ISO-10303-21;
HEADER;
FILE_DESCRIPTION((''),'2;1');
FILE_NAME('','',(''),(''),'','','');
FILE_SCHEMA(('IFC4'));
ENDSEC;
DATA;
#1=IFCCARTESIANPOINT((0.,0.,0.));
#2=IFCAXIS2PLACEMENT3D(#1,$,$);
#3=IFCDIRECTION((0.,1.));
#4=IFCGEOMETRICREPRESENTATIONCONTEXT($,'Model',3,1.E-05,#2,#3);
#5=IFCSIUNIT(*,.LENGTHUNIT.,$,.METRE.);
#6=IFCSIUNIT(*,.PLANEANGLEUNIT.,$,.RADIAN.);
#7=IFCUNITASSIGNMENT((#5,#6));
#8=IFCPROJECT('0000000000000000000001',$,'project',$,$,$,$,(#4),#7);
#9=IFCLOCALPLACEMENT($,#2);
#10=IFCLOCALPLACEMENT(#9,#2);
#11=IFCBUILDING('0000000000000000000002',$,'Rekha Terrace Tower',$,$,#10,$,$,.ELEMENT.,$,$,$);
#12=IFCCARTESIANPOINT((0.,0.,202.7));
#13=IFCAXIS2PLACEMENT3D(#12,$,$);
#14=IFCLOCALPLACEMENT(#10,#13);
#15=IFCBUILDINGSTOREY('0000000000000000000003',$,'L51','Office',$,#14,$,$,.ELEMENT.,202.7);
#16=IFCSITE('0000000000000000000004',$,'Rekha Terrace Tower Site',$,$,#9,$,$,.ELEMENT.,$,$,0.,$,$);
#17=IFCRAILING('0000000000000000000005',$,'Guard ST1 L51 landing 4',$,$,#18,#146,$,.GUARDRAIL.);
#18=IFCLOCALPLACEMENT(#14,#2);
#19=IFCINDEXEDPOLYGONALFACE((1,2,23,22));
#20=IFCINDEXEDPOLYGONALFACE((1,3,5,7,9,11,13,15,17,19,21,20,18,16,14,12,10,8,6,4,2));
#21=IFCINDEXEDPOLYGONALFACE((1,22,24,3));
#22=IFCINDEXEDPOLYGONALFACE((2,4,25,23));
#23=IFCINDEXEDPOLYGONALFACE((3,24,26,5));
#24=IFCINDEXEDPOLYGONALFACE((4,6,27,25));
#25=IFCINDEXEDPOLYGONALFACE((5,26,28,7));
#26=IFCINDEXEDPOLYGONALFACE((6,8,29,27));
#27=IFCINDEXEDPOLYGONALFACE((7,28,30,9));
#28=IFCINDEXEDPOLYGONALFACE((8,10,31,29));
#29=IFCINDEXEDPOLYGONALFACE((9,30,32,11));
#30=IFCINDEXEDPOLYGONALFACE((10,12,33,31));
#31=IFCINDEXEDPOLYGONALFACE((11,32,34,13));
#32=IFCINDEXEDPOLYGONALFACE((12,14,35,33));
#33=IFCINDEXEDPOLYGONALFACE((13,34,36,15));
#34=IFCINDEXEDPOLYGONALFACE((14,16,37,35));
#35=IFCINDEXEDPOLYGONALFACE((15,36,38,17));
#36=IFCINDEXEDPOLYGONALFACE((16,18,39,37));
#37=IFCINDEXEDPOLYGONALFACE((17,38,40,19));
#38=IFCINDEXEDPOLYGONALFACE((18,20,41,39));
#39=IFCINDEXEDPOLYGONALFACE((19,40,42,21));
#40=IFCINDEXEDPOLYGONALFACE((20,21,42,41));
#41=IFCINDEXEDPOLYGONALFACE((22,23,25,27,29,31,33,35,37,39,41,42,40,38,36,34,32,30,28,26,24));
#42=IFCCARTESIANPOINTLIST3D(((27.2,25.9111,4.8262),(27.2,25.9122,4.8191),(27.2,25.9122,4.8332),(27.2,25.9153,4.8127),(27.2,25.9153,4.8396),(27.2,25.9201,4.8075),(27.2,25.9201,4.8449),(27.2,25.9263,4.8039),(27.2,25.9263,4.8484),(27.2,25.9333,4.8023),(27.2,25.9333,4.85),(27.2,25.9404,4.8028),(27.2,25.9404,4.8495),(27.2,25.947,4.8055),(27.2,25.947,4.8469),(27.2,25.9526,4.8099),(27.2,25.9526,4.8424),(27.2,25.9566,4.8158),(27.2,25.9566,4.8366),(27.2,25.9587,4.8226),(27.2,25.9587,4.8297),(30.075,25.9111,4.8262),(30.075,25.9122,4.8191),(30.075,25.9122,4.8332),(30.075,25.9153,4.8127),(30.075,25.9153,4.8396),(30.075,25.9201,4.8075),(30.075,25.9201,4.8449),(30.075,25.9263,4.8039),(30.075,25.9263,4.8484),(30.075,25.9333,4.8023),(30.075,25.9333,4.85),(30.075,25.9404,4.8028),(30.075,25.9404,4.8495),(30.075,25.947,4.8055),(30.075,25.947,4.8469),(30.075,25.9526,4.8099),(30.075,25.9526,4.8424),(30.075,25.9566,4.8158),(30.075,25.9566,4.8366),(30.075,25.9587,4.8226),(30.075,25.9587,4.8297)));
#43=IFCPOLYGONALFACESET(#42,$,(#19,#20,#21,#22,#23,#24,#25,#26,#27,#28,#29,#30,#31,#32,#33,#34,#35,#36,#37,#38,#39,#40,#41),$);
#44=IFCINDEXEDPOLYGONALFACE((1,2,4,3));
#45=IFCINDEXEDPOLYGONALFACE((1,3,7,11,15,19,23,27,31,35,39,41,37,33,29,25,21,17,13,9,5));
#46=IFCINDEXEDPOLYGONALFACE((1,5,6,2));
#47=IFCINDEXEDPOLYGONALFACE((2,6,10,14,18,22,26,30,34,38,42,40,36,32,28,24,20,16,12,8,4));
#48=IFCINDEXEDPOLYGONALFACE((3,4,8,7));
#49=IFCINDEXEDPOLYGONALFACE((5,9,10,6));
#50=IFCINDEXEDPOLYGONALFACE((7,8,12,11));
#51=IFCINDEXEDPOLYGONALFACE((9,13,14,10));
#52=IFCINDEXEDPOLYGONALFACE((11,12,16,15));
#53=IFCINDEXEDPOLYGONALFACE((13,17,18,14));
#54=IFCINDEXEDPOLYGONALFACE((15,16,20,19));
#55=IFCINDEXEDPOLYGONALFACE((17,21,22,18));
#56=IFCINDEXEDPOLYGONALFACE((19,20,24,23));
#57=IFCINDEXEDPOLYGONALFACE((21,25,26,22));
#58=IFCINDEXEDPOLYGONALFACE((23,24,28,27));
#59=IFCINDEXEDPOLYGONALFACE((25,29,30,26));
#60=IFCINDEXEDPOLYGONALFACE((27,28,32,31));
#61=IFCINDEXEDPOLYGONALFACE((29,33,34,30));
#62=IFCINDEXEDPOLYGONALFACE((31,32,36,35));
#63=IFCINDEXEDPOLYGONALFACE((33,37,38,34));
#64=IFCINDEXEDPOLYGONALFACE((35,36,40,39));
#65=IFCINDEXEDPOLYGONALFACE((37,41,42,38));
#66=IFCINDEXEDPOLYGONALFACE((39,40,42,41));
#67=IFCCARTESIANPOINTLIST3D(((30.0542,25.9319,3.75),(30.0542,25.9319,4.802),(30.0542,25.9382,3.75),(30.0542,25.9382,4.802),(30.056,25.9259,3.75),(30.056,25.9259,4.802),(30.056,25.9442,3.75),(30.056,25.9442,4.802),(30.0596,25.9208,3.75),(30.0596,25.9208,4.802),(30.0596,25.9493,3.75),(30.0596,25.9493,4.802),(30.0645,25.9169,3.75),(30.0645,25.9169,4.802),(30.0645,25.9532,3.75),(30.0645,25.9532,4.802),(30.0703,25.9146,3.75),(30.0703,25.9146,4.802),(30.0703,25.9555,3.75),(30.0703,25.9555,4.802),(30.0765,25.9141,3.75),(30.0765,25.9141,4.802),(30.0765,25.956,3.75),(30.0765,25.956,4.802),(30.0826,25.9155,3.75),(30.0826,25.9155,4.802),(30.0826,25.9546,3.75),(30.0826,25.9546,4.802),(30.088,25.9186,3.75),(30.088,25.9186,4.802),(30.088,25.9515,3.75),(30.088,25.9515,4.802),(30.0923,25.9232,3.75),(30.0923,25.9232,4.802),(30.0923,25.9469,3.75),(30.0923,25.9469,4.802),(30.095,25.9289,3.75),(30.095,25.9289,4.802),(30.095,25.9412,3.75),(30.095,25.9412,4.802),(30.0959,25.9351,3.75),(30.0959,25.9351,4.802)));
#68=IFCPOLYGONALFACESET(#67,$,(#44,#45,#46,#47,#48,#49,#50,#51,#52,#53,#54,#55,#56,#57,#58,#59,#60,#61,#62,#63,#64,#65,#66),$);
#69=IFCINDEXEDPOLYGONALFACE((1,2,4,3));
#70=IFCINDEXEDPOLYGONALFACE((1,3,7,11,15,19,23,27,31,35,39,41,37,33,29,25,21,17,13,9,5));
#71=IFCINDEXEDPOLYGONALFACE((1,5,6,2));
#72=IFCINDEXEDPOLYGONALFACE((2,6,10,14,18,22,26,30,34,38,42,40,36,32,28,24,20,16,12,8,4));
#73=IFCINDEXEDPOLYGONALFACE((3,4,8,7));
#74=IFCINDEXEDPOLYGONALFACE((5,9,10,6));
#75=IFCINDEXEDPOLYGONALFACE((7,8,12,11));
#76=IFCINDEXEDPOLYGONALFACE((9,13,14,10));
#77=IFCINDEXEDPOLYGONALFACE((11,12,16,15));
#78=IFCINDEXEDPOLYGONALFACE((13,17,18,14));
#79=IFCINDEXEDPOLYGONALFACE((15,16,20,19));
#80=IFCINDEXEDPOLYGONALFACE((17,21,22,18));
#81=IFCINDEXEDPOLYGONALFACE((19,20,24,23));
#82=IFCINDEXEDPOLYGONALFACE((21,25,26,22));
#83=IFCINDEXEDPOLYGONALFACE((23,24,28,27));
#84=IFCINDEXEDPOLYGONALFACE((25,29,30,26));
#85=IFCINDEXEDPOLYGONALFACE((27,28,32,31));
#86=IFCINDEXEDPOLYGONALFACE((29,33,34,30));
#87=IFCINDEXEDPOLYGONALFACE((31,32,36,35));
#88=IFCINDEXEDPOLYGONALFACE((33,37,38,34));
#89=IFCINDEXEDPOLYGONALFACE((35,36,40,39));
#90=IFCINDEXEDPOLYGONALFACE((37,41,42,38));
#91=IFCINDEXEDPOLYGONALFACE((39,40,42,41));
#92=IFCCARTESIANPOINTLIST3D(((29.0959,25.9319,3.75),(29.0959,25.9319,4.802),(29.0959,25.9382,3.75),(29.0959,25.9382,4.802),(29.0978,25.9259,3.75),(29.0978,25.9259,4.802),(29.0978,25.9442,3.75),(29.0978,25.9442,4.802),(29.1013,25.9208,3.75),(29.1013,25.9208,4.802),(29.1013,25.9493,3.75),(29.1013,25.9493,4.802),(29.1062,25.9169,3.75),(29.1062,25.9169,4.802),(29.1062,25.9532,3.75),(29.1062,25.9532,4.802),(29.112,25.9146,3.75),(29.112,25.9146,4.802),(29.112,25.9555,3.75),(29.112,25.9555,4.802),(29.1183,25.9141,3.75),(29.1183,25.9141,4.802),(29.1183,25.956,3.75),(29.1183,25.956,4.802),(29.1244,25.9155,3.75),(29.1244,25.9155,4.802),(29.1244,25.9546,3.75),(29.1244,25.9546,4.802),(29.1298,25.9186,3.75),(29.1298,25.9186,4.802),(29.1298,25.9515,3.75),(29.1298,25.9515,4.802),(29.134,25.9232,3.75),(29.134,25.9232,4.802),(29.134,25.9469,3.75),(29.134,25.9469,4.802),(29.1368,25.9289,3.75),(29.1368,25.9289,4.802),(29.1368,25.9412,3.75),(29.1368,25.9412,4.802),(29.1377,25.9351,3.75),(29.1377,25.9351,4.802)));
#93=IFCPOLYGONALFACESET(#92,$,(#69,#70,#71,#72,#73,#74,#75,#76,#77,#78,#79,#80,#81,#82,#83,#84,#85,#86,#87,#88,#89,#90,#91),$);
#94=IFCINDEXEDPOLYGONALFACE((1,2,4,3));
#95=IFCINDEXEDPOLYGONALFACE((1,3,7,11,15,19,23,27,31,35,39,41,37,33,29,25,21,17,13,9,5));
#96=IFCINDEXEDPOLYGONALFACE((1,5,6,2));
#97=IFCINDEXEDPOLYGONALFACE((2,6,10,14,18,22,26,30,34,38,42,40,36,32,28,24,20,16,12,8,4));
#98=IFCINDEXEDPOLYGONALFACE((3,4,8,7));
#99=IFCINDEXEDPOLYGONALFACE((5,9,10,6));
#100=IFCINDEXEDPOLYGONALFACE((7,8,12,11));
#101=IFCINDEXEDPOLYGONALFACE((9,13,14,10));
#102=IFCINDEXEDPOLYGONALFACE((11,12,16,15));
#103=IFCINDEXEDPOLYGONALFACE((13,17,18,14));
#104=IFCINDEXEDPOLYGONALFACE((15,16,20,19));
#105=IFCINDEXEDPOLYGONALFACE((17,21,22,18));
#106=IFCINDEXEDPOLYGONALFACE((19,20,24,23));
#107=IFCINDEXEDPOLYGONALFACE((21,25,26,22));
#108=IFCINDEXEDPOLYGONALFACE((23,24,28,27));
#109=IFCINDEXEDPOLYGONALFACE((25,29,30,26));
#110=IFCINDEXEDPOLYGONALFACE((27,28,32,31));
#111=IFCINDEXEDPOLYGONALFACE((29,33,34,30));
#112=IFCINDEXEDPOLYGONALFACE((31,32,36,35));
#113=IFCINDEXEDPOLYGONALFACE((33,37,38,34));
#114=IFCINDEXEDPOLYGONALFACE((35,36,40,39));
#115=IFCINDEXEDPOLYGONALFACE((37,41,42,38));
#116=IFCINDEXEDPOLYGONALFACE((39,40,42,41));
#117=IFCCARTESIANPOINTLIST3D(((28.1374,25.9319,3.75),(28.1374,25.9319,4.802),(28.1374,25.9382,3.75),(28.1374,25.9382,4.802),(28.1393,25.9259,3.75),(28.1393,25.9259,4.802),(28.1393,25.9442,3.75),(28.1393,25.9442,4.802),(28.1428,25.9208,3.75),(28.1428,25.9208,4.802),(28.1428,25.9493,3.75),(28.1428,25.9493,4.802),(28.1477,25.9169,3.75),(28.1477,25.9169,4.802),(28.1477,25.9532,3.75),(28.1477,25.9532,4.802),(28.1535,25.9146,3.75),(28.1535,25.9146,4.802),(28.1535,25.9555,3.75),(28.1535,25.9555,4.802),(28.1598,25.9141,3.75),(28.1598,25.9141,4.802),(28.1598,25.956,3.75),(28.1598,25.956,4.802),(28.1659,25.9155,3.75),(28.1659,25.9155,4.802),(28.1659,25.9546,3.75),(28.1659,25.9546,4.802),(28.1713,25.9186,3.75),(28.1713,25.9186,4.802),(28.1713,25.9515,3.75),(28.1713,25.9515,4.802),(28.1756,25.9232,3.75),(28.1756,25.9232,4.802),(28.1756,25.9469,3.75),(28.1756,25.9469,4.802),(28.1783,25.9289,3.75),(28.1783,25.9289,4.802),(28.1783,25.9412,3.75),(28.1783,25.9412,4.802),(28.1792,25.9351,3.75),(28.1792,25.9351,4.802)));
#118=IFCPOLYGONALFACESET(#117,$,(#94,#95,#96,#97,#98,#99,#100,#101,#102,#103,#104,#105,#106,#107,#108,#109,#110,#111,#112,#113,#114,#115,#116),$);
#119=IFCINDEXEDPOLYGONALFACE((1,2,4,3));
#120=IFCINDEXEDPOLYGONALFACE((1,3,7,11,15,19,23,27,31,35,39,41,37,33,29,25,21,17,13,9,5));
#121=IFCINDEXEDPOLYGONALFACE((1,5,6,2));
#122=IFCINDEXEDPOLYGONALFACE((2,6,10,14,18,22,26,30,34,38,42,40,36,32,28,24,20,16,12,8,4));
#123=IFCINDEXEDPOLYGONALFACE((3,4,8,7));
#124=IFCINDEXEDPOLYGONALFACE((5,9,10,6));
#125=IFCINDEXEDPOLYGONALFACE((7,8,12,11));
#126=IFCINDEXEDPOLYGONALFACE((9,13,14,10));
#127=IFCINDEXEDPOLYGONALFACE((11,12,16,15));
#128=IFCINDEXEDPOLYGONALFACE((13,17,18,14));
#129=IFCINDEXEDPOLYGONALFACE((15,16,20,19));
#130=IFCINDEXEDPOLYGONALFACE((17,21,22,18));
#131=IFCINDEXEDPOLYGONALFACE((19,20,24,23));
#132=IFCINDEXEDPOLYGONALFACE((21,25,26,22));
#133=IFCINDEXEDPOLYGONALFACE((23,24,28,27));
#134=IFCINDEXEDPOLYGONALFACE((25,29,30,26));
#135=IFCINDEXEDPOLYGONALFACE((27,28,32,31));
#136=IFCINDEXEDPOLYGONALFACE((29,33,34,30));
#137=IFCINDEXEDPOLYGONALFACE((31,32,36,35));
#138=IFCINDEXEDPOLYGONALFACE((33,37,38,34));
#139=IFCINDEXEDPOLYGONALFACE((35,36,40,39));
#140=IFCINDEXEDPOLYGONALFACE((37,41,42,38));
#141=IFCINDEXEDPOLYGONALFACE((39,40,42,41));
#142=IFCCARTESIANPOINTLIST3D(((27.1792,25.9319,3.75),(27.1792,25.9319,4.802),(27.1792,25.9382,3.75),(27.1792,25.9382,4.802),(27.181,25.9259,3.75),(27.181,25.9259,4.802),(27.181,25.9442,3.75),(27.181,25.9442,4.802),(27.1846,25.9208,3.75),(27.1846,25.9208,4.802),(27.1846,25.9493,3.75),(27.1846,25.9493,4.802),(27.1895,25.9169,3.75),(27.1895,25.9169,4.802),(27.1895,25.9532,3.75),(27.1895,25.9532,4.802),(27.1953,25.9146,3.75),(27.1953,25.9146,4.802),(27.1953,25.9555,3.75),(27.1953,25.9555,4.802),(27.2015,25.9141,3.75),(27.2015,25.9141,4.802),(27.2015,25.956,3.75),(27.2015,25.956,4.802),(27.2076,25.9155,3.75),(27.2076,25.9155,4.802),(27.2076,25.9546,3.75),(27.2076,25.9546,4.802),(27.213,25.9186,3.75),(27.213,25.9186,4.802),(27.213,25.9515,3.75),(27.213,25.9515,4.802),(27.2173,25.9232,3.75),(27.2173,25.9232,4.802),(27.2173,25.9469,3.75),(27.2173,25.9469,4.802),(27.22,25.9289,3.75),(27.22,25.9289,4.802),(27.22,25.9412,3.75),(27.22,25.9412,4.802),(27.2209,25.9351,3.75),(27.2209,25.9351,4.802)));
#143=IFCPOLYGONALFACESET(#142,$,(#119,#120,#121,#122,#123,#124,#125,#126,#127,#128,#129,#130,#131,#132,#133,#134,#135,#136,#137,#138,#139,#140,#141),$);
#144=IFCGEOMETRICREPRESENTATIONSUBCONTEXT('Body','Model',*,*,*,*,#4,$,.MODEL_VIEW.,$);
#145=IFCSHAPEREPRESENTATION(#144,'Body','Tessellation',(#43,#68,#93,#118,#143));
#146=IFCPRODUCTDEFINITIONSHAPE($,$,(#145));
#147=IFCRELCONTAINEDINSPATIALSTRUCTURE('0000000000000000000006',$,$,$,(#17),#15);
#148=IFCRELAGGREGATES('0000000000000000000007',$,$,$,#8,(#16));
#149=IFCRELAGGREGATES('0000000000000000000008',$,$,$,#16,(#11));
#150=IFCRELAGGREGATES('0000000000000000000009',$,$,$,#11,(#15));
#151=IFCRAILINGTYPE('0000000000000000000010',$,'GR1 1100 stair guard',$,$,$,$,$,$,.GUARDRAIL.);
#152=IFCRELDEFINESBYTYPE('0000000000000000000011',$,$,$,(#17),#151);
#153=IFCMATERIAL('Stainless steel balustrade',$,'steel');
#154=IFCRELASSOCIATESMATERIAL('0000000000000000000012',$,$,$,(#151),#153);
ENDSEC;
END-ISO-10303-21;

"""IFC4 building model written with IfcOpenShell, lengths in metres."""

from ifc_helpers import new_model, si_unit, direction, frame, origin, origin_2d, place, context, subcontext, project, spatial, circle, extrude, material, type_object, element, save


model = new_model("IFC4")

# Units and contexts
model_context = context("Model", 3, precision=1e-05, world=origin(), true_north=direction((0.0, 1.0)))
body_context = subcontext(model_context, "Body", "Model", "MODEL_VIEW")
ifc_project = project(units=[si_unit("LENGTHUNIT", "METRE"), si_unit("PLANEANGLEUNIT", "RADIAN")], contexts=[model_context])

# Site, building, storey
site_placement = place(None, origin())
site = spatial("IfcSite", under=ifc_project, at=site_placement, Name="Rekha Terrace Tower Site", CompositionType="ELEMENT", RefElevation=0.0)
building_placement = place(site_placement, origin())
building = spatial("IfcBuilding", under=site, at=building_placement, Name="Rekha Terrace Tower", CompositionType="ELEMENT")
storey_placement = place(building_placement, frame((0.0, 0.0, 202.7)))
storey = spatial("IfcBuildingStorey", under=building, at=storey_placement, Name="L51", Description="Office", CompositionType="ELEMENT", Elevation=202.7)

# Railing
ifc_material_1 = material(Name="Stainless steel balustrade", Category="steel")
railing_type_1 = type_object("IfcRailingType", Name="GR1 1100 stair guard", PredefinedType="GUARDRAIL", material=ifc_material_1)
railing_1_placement = place(storey_placement, frame((30.075, 25.9351, 3.75)))
element("IfcRailing", 1, at=railing_1_placement, inside=storey, type_object=railing_type_1, Name="Guard ST1 L51 landing 4", PredefinedType="GUARDRAIL", context=body_context, shape_type="SweptSolid", body=[
    extrude(circle(Radius=0.0239, at=origin_2d()), frame((0.0, 0.0, 1.0762), z_axis=(-1.0, 0.0, 0.0), x_axis=(0.0, -1.0, 0.0)), (0.0, 0.0, 1.0), 2.875),
    extrude(circle(Radius=0.021, at=origin_2d()), origin(), (0.0, 0.0, 1.0), 1.052),
    extrude(circle(Radius=0.021, at=origin_2d()), frame((-0.9583, 0.0, 0.0)), (0.0, 0.0, 1.0), 1.052),
    extrude(circle(Radius=0.021, at=origin_2d()), frame((-1.9167, 0.0, 0.0)), (0.0, 0.0, 1.0), 1.052),
    extrude(circle(Radius=0.021, at=origin_2d()), frame((-2.875, 0.0, 0.0)), (0.0, 0.0, 1.0), 1.052),
])

save(model, "model.ifc")
